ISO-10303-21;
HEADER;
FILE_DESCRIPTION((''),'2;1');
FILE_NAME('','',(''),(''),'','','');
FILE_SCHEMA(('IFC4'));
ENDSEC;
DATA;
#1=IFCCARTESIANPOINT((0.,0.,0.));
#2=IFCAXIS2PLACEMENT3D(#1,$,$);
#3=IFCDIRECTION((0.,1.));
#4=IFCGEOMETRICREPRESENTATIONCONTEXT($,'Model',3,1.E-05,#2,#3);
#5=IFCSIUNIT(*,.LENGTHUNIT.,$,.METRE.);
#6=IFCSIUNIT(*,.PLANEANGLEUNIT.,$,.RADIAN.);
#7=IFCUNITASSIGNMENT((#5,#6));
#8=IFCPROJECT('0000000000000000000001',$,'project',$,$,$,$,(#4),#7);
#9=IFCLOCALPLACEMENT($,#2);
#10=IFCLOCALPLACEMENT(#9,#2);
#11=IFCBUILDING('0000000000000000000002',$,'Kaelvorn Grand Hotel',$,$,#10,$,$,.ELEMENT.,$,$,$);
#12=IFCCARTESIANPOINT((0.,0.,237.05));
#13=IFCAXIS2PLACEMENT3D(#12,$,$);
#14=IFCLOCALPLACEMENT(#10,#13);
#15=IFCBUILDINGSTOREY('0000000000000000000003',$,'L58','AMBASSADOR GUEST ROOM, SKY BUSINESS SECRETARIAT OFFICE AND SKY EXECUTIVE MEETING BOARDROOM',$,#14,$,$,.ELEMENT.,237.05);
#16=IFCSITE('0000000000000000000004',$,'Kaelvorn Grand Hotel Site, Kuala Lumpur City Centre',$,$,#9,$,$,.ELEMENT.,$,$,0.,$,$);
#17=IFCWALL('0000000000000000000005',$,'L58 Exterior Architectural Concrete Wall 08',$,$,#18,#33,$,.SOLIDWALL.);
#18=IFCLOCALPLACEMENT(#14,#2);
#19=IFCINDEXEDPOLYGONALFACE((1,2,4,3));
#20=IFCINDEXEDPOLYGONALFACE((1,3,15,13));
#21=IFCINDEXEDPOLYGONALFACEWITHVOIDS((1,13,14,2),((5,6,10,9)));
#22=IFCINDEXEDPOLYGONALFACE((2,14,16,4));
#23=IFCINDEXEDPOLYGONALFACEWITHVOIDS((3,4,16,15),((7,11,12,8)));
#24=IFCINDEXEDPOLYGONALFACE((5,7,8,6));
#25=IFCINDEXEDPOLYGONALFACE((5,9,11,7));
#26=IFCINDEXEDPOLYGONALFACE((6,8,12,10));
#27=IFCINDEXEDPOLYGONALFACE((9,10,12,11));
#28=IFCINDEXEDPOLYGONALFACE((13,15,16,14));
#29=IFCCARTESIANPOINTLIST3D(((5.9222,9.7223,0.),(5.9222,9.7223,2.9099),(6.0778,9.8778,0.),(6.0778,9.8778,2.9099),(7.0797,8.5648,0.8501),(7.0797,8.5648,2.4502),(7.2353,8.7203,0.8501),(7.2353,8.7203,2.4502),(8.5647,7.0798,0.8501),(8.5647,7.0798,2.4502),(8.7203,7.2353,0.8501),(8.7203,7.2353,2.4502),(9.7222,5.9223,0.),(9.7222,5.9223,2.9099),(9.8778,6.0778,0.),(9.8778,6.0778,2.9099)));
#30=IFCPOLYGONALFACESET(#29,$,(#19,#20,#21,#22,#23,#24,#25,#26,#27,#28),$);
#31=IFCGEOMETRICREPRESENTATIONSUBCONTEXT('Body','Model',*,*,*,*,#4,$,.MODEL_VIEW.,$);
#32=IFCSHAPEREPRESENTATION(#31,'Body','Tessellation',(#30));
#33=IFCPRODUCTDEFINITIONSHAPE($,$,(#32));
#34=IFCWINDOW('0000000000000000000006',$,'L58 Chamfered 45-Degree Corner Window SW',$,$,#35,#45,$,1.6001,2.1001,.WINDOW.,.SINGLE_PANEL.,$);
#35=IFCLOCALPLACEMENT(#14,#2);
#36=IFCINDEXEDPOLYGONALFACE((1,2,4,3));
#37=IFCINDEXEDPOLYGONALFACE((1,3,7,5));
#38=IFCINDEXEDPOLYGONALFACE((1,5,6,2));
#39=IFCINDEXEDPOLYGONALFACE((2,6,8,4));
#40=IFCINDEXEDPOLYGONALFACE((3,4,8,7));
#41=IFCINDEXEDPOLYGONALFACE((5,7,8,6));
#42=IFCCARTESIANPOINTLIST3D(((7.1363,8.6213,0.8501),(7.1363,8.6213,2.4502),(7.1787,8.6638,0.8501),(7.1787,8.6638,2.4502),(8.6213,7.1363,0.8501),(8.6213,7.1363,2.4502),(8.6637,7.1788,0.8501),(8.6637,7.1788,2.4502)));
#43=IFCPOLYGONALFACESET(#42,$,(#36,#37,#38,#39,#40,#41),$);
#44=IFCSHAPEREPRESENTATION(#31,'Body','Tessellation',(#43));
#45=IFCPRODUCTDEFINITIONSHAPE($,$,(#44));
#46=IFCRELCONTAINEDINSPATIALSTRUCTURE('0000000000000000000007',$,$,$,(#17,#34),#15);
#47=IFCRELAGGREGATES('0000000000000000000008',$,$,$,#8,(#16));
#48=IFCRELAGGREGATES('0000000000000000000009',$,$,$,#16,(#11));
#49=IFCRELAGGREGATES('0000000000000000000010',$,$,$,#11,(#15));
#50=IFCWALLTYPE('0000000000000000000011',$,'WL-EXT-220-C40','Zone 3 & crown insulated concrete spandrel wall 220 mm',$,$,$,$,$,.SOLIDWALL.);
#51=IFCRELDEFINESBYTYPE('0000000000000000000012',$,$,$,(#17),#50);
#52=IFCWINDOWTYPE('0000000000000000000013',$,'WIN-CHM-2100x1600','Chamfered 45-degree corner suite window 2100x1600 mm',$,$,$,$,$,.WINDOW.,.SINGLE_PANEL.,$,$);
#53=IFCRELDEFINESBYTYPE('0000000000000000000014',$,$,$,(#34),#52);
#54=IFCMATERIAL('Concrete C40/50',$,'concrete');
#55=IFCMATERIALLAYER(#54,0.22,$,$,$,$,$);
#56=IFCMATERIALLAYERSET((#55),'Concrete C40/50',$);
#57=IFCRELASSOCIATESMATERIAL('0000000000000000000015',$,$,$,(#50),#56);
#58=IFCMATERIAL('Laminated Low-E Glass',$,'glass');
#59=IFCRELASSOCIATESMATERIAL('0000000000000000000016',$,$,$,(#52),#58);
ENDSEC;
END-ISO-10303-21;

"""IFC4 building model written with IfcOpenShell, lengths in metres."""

from ifc_helpers import new_model, si_unit, direction, frame, frame_2d, origin, place, context, subcontext, project, spatial, rectangle, extrude, material, layer, layer_set, type_object, element, fill, save


model = new_model("IFC4")

# Units and contexts
model_context = context("Model", 3, precision=1e-05, world=origin(), true_north=direction((0.0, 1.0)))
body_context = subcontext(model_context, "Body", "Model", "MODEL_VIEW")
ifc_project = project(units=[si_unit("LENGTHUNIT", "METRE"), si_unit("PLANEANGLEUNIT", "RADIAN")], contexts=[model_context])

# Site, building, storey
site_placement = place(None, origin())
site = spatial("IfcSite", under=ifc_project, at=site_placement, Name="Kaelvorn Grand Hotel Site, Kuala Lumpur City Centre", CompositionType="ELEMENT", RefElevation=0.0)
building_placement = place(site_placement, origin())
building = spatial("IfcBuilding", under=site, at=building_placement, Name="Kaelvorn Grand Hotel", CompositionType="ELEMENT")
storey_placement = place(building_placement, frame((0.0, 0.0, 237.05)))
storey = spatial("IfcBuildingStorey", under=building, at=storey_placement, Name="L58", Description="AMBASSADOR GUEST ROOM, SKY BUSINESS SECRETARIAT OFFICE AND SKY EXECUTIVE MEETING BOARDROOM", CompositionType="ELEMENT", Elevation=237.05)

# Shared definitions
ifc_material_1 = material(Name="Concrete C40/50", Category="concrete")

# Shared definitions
ifc_layer = layer(ifc_material_1, 0.22)
ifc_layer_set = layer_set([ifc_layer], Name="Concrete C40/50")
wall_type = type_object("IfcWallType", Name="WL-EXT-220-C40", Description="Zone 3 & crown insulated concrete spandrel wall 220 mm", PredefinedType="SOLIDWALL", material=ifc_layer_set)
ifc_material_2 = material(Name="Laminated Low-E Glass", Category="glass")

# Wall, opening, window
wall_1_placement = place(storey_placement, frame((6.0, 9.8, 0.0), z_axis=(0.0, 0.0, 1.0), x_axis=(0.707107, -0.707107, 0.0)))
wall_1 = element("IfcWall", 1, at=wall_1_placement, inside=storey, type_object=wall_type, Name="L58 Exterior Architectural Concrete Wall 08", PredefinedType="SOLIDWALL", context=body_context, shape_type="SweptSolid", body=[
    extrude(rectangle(XDim=5.374, YDim=0.22, at=frame_2d((2.687, 0.0))), origin(), (0.0, 0.0, 1.0), 2.9099),
])
opening_1_placement = place(wall_1_placement, frame((1.637, 0.0, 0.8501)))
opening_1 = element("IfcOpeningElement", 2, at=opening_1_placement, cuts=wall_1, PredefinedType="OPENING", context=body_context, shape_type="SweptSolid", body=[
    extrude(rectangle(XDim=2.1001, YDim=1.6001, at=frame_2d((1.05, 0.8))), frame((0.0, 0.1201, 0.0), z_axis=(0.0, -1.0, 0.0), x_axis=(1.0, 0.0, 0.0)), (0.0, 0.0, 1.0), 0.24),
])
window_type_1 = type_object("IfcWindowType", Name="WIN-CHM-2100x1600", Description="Chamfered 45-degree corner suite window 2100x1600 mm", PartitioningType="SINGLE_PANEL", PredefinedType="WINDOW", material=ifc_material_2)
window_1_placement = place(opening_1_placement, origin())
window_1 = element("IfcWindow", 3, at=window_1_placement, inside=storey, type_object=window_type_1, Name="L58 Chamfered 45-Degree Corner Window SW", OverallHeight=1.6001, OverallWidth=2.1001, PartitioningType="SINGLE_PANEL", PredefinedType="WINDOW", context=body_context, shape_type="SweptSolid", body=[
    extrude(rectangle(XDim=2.1001, YDim=1.6001, at=frame_2d((1.05, 0.8))), frame((0.0, 0.03, 0.0), z_axis=(0.0, -1.0, 0.0), x_axis=(1.0, 0.0, 0.0)), (0.0, 0.0, 1.0), 0.0601),
])
fill(opening_1, window_1)

save(model, "model.ifc")
